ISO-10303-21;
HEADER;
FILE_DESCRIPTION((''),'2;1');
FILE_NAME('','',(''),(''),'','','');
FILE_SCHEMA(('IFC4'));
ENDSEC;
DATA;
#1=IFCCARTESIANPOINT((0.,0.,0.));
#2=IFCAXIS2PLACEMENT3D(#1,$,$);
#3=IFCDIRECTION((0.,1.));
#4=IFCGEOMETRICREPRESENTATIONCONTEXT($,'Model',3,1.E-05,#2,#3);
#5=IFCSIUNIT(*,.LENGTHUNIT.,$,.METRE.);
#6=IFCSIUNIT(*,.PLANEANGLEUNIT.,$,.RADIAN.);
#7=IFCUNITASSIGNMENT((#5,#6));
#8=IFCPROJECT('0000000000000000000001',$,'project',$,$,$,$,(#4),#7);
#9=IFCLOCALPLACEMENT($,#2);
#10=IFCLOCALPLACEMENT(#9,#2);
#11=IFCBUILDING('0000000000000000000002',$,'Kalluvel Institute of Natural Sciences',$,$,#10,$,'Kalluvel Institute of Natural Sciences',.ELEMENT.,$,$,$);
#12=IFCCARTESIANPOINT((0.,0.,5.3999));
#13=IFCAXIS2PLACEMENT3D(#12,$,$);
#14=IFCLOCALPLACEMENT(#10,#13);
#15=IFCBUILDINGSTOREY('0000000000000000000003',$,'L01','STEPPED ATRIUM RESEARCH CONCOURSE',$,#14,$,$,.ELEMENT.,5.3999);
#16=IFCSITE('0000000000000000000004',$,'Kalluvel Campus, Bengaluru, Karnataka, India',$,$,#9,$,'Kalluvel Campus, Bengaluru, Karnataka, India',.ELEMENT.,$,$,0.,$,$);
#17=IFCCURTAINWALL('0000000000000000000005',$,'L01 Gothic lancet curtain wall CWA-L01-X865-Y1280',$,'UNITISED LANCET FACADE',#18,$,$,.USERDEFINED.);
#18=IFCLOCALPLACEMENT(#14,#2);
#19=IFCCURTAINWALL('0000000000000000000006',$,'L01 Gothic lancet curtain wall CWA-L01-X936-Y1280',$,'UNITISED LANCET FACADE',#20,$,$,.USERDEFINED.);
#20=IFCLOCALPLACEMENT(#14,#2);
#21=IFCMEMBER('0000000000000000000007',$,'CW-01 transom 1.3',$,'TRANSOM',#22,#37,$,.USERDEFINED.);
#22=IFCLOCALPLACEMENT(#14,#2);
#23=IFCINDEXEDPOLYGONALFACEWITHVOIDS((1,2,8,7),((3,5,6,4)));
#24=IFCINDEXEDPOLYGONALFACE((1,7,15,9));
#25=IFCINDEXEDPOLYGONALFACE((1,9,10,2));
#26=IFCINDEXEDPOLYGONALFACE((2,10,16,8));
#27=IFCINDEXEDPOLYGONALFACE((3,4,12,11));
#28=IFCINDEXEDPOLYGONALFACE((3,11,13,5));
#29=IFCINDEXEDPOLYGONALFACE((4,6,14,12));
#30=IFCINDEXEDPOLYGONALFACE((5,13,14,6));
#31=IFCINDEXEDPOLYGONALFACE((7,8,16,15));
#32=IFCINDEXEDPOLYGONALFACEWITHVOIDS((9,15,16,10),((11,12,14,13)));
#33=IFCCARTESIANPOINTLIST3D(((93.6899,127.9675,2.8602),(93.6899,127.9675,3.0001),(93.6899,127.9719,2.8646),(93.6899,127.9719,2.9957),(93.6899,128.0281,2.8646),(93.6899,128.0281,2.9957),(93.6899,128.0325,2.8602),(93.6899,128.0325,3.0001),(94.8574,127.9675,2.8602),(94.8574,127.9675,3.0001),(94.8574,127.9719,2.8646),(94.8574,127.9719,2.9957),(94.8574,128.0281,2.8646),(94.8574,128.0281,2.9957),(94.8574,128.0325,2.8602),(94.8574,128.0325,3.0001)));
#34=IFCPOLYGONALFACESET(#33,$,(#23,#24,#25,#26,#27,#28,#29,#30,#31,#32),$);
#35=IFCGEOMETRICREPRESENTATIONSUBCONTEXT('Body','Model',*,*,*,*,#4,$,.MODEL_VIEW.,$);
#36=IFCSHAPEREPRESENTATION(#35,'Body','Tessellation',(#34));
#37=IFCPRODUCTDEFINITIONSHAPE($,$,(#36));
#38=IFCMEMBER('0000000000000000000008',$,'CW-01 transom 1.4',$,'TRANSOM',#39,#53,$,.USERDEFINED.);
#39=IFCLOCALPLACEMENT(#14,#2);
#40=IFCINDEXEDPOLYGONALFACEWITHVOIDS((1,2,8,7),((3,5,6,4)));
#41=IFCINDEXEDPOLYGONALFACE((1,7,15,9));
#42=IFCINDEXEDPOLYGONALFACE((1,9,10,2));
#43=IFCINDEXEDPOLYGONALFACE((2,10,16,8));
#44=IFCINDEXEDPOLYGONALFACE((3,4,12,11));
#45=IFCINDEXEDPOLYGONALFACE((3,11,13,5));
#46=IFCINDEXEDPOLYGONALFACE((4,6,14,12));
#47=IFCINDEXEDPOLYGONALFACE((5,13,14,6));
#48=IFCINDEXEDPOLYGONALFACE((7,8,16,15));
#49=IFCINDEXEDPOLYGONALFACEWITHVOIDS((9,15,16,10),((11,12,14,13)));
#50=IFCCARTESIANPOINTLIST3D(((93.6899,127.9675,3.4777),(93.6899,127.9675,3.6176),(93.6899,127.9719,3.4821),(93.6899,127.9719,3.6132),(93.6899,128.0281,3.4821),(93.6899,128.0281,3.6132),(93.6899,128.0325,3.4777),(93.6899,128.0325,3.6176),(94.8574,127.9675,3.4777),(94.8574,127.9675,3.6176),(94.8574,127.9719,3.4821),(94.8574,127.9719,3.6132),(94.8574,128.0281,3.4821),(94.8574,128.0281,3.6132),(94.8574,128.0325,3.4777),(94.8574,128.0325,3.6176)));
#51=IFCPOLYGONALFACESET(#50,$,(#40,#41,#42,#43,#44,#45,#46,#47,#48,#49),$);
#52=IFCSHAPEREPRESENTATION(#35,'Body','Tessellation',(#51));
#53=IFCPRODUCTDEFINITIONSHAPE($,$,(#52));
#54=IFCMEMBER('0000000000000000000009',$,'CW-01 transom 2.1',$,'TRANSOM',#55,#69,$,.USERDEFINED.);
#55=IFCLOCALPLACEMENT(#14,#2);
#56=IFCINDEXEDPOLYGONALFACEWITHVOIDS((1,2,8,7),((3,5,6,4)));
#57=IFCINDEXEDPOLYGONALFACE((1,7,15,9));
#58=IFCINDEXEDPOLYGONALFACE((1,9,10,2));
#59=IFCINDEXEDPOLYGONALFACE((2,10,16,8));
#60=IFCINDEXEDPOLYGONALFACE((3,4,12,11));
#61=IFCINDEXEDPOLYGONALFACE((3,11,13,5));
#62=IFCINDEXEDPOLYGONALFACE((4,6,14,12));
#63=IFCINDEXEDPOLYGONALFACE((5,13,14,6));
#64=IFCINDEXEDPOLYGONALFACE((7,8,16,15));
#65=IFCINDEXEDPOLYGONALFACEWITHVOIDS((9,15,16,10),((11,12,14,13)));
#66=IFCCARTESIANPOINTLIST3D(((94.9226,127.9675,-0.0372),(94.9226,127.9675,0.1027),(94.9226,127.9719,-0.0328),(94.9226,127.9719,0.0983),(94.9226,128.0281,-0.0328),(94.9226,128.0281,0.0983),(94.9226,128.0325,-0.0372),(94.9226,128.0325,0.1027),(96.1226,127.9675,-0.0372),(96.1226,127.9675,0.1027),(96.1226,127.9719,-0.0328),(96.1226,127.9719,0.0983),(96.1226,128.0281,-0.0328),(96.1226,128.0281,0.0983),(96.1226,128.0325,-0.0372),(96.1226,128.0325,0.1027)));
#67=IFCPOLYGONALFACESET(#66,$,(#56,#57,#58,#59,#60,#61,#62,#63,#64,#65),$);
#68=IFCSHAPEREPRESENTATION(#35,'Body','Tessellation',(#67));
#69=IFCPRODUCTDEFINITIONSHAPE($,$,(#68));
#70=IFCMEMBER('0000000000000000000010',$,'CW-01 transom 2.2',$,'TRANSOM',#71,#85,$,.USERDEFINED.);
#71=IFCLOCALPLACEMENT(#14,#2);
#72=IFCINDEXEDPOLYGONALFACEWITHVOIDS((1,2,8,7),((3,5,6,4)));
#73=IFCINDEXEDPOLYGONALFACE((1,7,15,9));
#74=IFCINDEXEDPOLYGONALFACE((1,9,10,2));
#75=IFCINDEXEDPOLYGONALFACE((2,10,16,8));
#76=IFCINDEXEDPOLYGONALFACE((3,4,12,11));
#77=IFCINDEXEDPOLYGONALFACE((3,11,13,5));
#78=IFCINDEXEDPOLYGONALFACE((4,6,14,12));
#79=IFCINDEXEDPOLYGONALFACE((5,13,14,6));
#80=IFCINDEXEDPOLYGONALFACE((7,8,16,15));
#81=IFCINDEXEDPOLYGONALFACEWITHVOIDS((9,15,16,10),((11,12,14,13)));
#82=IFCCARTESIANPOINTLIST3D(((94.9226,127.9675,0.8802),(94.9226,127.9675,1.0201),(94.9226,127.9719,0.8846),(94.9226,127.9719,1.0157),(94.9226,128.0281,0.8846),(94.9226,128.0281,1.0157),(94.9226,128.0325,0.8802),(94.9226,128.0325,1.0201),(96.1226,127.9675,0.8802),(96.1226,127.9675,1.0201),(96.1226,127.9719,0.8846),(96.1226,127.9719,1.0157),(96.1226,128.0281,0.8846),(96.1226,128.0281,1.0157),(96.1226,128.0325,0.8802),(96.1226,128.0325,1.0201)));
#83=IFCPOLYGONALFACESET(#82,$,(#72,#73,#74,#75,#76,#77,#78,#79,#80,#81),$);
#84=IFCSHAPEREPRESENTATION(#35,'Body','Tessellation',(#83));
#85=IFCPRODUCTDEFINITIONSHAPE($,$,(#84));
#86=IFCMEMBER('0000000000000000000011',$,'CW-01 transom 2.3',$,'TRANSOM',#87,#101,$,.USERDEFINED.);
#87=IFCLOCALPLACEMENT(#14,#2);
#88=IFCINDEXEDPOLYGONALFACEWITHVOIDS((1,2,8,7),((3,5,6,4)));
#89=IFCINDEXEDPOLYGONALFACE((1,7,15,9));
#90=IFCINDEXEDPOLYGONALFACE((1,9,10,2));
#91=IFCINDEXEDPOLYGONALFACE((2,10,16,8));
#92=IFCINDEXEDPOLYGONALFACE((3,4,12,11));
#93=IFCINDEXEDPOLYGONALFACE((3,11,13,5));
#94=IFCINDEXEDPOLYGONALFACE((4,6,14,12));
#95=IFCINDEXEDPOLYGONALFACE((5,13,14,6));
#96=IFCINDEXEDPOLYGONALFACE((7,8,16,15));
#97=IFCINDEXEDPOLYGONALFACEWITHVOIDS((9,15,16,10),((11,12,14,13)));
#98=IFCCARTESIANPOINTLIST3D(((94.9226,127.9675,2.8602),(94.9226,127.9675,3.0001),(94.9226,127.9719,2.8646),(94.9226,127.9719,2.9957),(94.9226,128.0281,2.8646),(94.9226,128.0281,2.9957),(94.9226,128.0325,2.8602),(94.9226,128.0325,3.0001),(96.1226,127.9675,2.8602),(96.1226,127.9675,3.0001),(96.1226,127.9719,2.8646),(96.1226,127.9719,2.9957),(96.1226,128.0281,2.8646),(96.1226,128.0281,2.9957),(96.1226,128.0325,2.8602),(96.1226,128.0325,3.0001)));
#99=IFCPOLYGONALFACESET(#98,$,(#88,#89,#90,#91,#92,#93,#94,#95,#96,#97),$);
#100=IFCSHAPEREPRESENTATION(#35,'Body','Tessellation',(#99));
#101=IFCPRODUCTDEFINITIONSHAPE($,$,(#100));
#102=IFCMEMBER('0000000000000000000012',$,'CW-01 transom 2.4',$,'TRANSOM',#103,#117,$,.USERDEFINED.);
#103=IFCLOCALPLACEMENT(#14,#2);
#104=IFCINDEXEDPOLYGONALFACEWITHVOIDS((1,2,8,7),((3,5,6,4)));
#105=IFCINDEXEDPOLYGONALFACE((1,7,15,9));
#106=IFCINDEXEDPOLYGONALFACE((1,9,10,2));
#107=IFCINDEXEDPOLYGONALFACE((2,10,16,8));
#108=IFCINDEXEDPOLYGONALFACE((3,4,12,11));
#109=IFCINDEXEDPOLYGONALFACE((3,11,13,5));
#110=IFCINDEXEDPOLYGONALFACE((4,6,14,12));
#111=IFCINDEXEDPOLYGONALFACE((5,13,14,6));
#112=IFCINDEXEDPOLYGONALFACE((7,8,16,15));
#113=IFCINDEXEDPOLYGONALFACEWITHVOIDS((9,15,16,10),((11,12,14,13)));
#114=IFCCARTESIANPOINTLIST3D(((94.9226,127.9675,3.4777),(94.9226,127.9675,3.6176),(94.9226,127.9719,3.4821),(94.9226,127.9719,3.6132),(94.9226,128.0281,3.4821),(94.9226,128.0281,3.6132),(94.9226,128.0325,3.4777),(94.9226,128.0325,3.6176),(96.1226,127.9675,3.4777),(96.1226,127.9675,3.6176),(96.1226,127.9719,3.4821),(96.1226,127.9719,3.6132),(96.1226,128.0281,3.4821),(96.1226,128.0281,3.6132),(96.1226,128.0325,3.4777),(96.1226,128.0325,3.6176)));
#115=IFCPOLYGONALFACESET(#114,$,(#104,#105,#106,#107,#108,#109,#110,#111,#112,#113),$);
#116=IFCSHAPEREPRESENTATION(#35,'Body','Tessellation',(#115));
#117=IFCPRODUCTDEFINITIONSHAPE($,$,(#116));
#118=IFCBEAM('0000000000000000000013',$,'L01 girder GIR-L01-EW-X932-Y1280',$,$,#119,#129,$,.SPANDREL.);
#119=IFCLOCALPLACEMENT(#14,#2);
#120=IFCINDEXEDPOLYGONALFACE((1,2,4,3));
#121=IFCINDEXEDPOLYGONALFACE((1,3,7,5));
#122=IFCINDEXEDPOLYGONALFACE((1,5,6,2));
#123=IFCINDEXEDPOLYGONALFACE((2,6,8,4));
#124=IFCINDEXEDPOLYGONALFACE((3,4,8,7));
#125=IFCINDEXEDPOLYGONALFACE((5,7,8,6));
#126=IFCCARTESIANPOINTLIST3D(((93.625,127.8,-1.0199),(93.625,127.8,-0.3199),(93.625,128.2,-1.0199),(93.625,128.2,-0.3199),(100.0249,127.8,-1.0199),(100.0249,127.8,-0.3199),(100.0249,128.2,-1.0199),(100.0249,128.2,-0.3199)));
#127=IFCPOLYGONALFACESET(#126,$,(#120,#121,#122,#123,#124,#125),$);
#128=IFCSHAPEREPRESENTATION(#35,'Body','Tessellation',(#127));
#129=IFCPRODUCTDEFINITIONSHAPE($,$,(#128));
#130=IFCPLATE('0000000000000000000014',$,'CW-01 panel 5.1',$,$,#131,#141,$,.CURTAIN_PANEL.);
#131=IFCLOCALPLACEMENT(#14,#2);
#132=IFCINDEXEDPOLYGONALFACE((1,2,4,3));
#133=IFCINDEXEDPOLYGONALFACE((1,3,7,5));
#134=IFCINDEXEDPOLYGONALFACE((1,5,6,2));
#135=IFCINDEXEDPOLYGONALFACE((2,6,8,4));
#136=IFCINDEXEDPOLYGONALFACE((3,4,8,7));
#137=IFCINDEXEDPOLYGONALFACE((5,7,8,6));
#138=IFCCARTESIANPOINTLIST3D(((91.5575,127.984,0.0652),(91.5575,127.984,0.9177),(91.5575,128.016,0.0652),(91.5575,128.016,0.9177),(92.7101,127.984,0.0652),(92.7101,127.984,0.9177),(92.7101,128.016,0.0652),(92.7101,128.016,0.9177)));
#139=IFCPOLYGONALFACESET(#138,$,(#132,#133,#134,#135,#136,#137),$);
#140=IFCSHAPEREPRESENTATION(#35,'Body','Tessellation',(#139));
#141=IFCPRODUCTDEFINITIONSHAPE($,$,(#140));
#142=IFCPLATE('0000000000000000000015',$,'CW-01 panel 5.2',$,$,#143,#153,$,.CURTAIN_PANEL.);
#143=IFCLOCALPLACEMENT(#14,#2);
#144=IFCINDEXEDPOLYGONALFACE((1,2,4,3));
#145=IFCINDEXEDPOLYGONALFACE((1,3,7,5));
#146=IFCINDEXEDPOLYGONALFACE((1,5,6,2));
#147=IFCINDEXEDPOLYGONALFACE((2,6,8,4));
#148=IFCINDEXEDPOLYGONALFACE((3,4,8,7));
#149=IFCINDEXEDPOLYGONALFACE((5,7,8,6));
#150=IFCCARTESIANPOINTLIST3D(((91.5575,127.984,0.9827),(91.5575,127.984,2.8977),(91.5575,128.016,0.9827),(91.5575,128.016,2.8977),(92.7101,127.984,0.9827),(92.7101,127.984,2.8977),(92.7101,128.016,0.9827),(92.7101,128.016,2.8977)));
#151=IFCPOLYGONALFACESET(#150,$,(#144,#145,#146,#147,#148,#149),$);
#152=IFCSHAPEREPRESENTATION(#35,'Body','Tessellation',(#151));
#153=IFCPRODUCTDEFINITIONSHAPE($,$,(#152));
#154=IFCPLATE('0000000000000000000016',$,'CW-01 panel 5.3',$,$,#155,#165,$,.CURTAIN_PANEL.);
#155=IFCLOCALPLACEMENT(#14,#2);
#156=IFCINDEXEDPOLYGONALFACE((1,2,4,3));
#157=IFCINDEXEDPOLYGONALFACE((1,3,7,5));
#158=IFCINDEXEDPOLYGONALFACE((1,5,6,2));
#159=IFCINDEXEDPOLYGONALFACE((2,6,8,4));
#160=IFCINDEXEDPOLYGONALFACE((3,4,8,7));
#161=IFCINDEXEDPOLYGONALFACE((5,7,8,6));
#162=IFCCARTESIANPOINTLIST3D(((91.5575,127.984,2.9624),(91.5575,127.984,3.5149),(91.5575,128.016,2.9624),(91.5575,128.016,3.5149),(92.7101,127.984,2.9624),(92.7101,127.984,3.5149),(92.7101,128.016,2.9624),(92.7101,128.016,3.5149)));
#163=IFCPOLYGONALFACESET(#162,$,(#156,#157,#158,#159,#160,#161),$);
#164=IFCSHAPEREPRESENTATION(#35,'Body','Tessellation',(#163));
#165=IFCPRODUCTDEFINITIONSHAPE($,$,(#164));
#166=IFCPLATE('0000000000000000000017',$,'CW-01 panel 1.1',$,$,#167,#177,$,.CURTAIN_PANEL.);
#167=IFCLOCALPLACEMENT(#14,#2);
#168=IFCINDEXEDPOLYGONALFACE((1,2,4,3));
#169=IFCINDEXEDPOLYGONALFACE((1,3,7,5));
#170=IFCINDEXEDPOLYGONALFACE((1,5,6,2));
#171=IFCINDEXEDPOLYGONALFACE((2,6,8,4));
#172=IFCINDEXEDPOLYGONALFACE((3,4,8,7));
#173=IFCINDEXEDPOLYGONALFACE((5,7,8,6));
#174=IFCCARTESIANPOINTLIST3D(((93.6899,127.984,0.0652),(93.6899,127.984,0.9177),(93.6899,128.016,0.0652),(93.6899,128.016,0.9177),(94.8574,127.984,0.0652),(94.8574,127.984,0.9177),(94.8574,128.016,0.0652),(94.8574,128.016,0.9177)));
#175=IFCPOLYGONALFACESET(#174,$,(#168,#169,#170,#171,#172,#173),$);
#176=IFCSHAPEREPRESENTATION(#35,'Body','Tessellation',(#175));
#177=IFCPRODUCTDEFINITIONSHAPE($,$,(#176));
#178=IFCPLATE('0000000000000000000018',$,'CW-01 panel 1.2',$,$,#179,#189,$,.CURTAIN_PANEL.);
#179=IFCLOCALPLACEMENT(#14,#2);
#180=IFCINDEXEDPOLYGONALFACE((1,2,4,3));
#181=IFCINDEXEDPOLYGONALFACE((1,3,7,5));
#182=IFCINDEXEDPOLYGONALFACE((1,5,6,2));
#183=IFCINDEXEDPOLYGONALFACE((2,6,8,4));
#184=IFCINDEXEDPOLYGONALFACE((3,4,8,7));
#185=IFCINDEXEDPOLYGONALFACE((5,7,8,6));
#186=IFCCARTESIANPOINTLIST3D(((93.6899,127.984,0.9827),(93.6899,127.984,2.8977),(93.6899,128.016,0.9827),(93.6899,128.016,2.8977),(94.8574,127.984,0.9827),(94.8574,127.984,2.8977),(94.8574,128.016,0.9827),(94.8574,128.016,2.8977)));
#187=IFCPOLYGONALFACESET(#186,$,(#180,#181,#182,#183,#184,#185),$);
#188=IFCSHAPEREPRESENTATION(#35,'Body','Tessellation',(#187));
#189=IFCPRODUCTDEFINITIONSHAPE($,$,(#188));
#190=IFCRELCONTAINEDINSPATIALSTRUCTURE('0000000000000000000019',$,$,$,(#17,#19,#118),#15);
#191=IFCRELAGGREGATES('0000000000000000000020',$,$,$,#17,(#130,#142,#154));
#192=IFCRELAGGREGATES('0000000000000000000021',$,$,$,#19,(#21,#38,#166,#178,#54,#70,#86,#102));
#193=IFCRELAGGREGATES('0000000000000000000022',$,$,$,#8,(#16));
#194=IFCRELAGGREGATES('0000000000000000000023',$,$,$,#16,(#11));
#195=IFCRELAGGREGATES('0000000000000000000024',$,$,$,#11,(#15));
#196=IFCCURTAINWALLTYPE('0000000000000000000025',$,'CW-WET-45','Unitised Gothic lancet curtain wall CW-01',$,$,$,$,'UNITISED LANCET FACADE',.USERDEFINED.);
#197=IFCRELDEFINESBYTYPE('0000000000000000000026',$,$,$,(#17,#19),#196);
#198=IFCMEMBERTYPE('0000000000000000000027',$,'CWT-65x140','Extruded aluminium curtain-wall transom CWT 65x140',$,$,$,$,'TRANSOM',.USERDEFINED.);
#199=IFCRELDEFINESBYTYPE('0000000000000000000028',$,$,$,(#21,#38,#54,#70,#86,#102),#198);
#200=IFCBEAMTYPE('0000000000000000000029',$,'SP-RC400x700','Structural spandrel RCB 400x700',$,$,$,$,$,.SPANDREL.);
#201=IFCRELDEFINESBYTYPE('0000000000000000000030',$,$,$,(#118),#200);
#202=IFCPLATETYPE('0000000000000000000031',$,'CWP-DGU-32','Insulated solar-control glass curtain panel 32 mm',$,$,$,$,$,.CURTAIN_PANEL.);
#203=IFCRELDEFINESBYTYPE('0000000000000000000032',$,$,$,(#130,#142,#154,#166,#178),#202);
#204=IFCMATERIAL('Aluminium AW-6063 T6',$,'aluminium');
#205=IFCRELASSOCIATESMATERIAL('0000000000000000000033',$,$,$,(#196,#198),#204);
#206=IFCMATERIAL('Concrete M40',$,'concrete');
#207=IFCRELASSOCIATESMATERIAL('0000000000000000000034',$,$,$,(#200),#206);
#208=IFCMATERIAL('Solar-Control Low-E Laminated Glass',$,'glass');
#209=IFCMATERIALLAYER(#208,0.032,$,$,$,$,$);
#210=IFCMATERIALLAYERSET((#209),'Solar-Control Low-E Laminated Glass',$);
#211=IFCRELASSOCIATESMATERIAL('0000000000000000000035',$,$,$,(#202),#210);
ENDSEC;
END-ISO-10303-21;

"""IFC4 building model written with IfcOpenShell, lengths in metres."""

from ifc_helpers import new_model, si_unit, direction, frame, origin, origin_2d, place, context, subcontext, project, spatial, rectangle, hollow_rectangle, extrude, material, layer, layer_set, material_profile, profile_set, type_object, element, aggregate, save


model = new_model("IFC4")

# Units and contexts
model_context = context("Model", 3, precision=1e-05, world=origin(), true_north=direction((0.0, 1.0)))
body_context = subcontext(model_context, "Body", "Model", "MODEL_VIEW")
ifc_project = project(units=[si_unit("LENGTHUNIT", "METRE"), si_unit("PLANEANGLEUNIT", "RADIAN")], contexts=[model_context])

# Site, building, storey
site_placement = place(None, origin())
site = spatial("IfcSite", under=ifc_project, at=site_placement, Name="Kalluvel Campus, Bengaluru, Karnataka, India", LongName="Kalluvel Campus, Bengaluru, Karnataka, India", CompositionType="ELEMENT", RefElevation=0.0)
building_placement = place(site_placement, origin())
building = spatial("IfcBuilding", under=site, at=building_placement, Name="Kalluvel Institute of Natural Sciences", LongName="Kalluvel Institute of Natural Sciences", CompositionType="ELEMENT")
storey_placement = place(building_placement, frame((0.0, 0.0, 5.3999)))
storey = spatial("IfcBuildingStorey", under=building, at=storey_placement, Name="L01", Description="STEPPED ATRIUM RESEARCH CONCOURSE", CompositionType="ELEMENT", Elevation=5.3999)

# Curtain wall
ifc_material_1 = material(Name="Aluminium AW-6063 T6", Category="aluminium")
curtain_wall_type = type_object("IfcCurtainWallType", Name="CW-WET-45", Description="Unitised Gothic lancet curtain wall CW-01", ElementType="UNITISED LANCET FACADE", PredefinedType="USERDEFINED", material=ifc_material_1)
curtain_wall_1_placement = place(storey_placement, origin())
curtain_wall_1 = element("IfcCurtainWall", 1, at=curtain_wall_1_placement, inside=storey, type_object=curtain_wall_type, Name="L01 Gothic lancet curtain wall CWA-L01-X865-Y1280", ObjectType="UNITISED LANCET FACADE", PredefinedType="USERDEFINED")

# Curtain wall
curtain_wall_2_placement = place(storey_placement, origin())
curtain_wall_2 = element("IfcCurtainWall", 2, at=curtain_wall_2_placement, inside=storey, type_object=curtain_wall_type, Name="L01 Gothic lancet curtain wall CWA-L01-X936-Y1280", ObjectType="UNITISED LANCET FACADE", PredefinedType="USERDEFINED")

# Members
ifc_material_profile_1 = material_profile(ifc_material_1, hollow_rectangle(XDim=0.0649, YDim=0.1399, WallThickness=0.0044, at=origin_2d()), Name="CWT 65x140")
ifc_profile_set_1 = profile_set([ifc_material_profile_1], Name="Aluminium AW-6063 T6")
member_type_1 = type_object("IfcMemberType", Name="CWT-65x140", Description="Extruded aluminium curtain-wall transom CWT 65x140", ElementType="TRANSOM", PredefinedType="USERDEFINED", material=ifc_profile_set_1)
member_1_placement = place(storey_placement, frame((93.6899, 128.0, 2.9302), z_axis=(1.0, 0.0, 0.0), x_axis=(0.0, 1.0, 0.0)))
member_1 = element("IfcMember", 3, at=member_1_placement, type_object=member_type_1, Name="CW-01 transom 1.3", ObjectType="TRANSOM", PredefinedType="USERDEFINED", context=body_context, shape_type="SweptSolid", body=[
    extrude(hollow_rectangle(XDim=0.0649, YDim=0.1399, WallThickness=0.0044, at=origin_2d()), origin(), (0.0, 0.0, 1.0), 1.1675),
])
member_2_placement = place(storey_placement, frame((93.6899, 128.0, 3.5476), z_axis=(1.0, 0.0, 0.0), x_axis=(0.0, 1.0, 0.0)))
member_2 = element("IfcMember", 4, at=member_2_placement, type_object=member_type_1, Name="CW-01 transom 1.4", ObjectType="TRANSOM", PredefinedType="USERDEFINED", context=body_context, shape_type="SweptSolid", body=[
    extrude(hollow_rectangle(XDim=0.0649, YDim=0.1399, WallThickness=0.0044, at=origin_2d()), origin(), (0.0, 0.0, 1.0), 1.1675),
])
member_3_placement = place(storey_placement, frame((94.9226, 128.0, 0.0327), z_axis=(1.0, 0.0, 0.0), x_axis=(0.0, 1.0, 0.0)))
member_3 = element("IfcMember", 5, at=member_3_placement, type_object=member_type_1, Name="CW-01 transom 2.1", ObjectType="TRANSOM", PredefinedType="USERDEFINED", context=body_context, shape_type="SweptSolid", body=[
    extrude(hollow_rectangle(XDim=0.0649, YDim=0.1399, WallThickness=0.0044, at=origin_2d()), origin(), (0.0, 0.0, 1.0), 1.2),
])
member_4_placement = place(storey_placement, frame((94.9226, 128.0, 0.9502), z_axis=(1.0, 0.0, 0.0), x_axis=(0.0, 1.0, 0.0)))
member_4 = element("IfcMember", 6, at=member_4_placement, type_object=member_type_1, Name="CW-01 transom 2.2", ObjectType="TRANSOM", PredefinedType="USERDEFINED", context=body_context, shape_type="SweptSolid", body=[
    extrude(hollow_rectangle(XDim=0.0649, YDim=0.1399, WallThickness=0.0044, at=origin_2d()), origin(), (0.0, 0.0, 1.0), 1.2),
])
member_5_placement = place(storey_placement, frame((94.9226, 128.0, 2.9302), z_axis=(1.0, 0.0, 0.0), x_axis=(0.0, 1.0, 0.0)))
member_5 = element("IfcMember", 7, at=member_5_placement, type_object=member_type_1, Name="CW-01 transom 2.3", ObjectType="TRANSOM", PredefinedType="USERDEFINED", context=body_context, shape_type="SweptSolid", body=[
    extrude(hollow_rectangle(XDim=0.0649, YDim=0.1399, WallThickness=0.0044, at=origin_2d()), origin(), (0.0, 0.0, 1.0), 1.2),
])
member_6_placement = place(storey_placement, frame((94.9226, 128.0, 3.5476), z_axis=(1.0, 0.0, 0.0), x_axis=(0.0, 1.0, 0.0)))
member_6 = element("IfcMember", 8, at=member_6_placement, type_object=member_type_1, Name="CW-01 transom 2.4", ObjectType="TRANSOM", PredefinedType="USERDEFINED", context=body_context, shape_type="SweptSolid", body=[
    extrude(hollow_rectangle(XDim=0.0649, YDim=0.1399, WallThickness=0.0044, at=origin_2d()), origin(), (0.0, 0.0, 1.0), 1.2),
])

# Beam
ifc_material_2 = material(Name="Concrete M40", Category="concrete")
ifc_material_profile_2 = material_profile(ifc_material_2, rectangle(XDim=0.3999, YDim=0.7, at=origin_2d()), Name="RCB 400x700")
ifc_profile_set_2 = profile_set([ifc_material_profile_2], Name="Concrete M40")
beam_type = type_object("IfcBeamType", Name="SP-RC400x700", Description="Structural spandrel RCB 400x700", PredefinedType="SPANDREL", material=ifc_profile_set_2)
beam_placement = place(storey_placement, frame((93.625, 128.0, -0.6699), z_axis=(1.0, 0.0, 0.0), x_axis=(0.0, 1.0, 0.0)))
element("IfcBeam", 9, at=beam_placement, inside=storey, type_object=beam_type, Name="L01 girder GIR-L01-EW-X932-Y1280", PredefinedType="SPANDREL", context=body_context, shape_type="SweptSolid", body=[
    extrude(rectangle(XDim=0.3999, YDim=0.7, at=origin_2d()), origin(), (0.0, 0.0, 1.0), 6.3999),
])

# Plates
ifc_material_3 = material(Name="Solar-Control Low-E Laminated Glass", Category="glass")
ifc_layer = layer(ifc_material_3, 0.032)
ifc_layer_set = layer_set([ifc_layer], Name="Solar-Control Low-E Laminated Glass")
plate_type = type_object("IfcPlateType", Name="CWP-DGU-32", Description="Insulated solar-control glass curtain panel 32 mm", PredefinedType="CURTAIN_PANEL", material=ifc_layer_set)
plate_1_placement = place(storey_placement, frame((92.1338, 128.0, 0.0652), z_axis=(0.0, 0.0, 1.0), x_axis=(1.0, 0.0, 0.0)))
plate_1 = element("IfcPlate", 10, at=plate_1_placement, type_object=plate_type, Name="CW-01 panel 5.1", PredefinedType="CURTAIN_PANEL", context=body_context, shape_type="SweptSolid", body=[
    extrude(rectangle(XDim=1.1526, YDim=0.032, at=origin_2d()), origin(), (0.0, 0.0, 1.0), 0.8525),
])
plate_2_placement = place(storey_placement, frame((92.1338, 128.0, 0.9827), z_axis=(0.0, 0.0, 1.0), x_axis=(1.0, 0.0, 0.0)))
plate_2 = element("IfcPlate", 11, at=plate_2_placement, type_object=plate_type, Name="CW-01 panel 5.2", PredefinedType="CURTAIN_PANEL", context=body_context, shape_type="SweptSolid", body=[
    extrude(rectangle(XDim=1.1526, YDim=0.032, at=origin_2d()), origin(), (0.0, 0.0, 1.0), 1.915),
])
plate_3_placement = place(storey_placement, frame((92.1338, 128.0, 2.9624), z_axis=(0.0, 0.0, 1.0), x_axis=(1.0, 0.0, 0.0)))
plate_3 = element("IfcPlate", 12, at=plate_3_placement, type_object=plate_type, Name="CW-01 panel 5.3", PredefinedType="CURTAIN_PANEL", context=body_context, shape_type="SweptSolid", body=[
    extrude(rectangle(XDim=1.1526, YDim=0.032, at=origin_2d()), origin(), (0.0, 0.0, 1.0), 0.5525),
])
aggregate(curtain_wall_1, [plate_1, plate_2, plate_3])
plate_4_placement = place(storey_placement, frame((94.2737, 128.0, 0.0652), z_axis=(0.0, 0.0, 1.0), x_axis=(1.0, 0.0, 0.0)))
plate_4 = element("IfcPlate", 13, at=plate_4_placement, type_object=plate_type, Name="CW-01 panel 1.1", PredefinedType="CURTAIN_PANEL", context=body_context, shape_type="SweptSolid", body=[
    extrude(rectangle(XDim=1.1675, YDim=0.032, at=origin_2d()), origin(), (0.0, 0.0, 1.0), 0.8525),
])
plate_5_placement = place(storey_placement, frame((94.2737, 128.0, 0.9827), z_axis=(0.0, 0.0, 1.0), x_axis=(1.0, 0.0, 0.0)))
plate_5 = element("IfcPlate", 14, at=plate_5_placement, type_object=plate_type, Name="CW-01 panel 1.2", PredefinedType="CURTAIN_PANEL", context=body_context, shape_type="SweptSolid", body=[
    extrude(rectangle(XDim=1.1675, YDim=0.032, at=origin_2d()), origin(), (0.0, 0.0, 1.0), 1.915),
])
aggregate(curtain_wall_2, [member_1, member_2, plate_4, plate_5, member_3, member_4, member_5, member_6])

save(model, "model.ifc")
